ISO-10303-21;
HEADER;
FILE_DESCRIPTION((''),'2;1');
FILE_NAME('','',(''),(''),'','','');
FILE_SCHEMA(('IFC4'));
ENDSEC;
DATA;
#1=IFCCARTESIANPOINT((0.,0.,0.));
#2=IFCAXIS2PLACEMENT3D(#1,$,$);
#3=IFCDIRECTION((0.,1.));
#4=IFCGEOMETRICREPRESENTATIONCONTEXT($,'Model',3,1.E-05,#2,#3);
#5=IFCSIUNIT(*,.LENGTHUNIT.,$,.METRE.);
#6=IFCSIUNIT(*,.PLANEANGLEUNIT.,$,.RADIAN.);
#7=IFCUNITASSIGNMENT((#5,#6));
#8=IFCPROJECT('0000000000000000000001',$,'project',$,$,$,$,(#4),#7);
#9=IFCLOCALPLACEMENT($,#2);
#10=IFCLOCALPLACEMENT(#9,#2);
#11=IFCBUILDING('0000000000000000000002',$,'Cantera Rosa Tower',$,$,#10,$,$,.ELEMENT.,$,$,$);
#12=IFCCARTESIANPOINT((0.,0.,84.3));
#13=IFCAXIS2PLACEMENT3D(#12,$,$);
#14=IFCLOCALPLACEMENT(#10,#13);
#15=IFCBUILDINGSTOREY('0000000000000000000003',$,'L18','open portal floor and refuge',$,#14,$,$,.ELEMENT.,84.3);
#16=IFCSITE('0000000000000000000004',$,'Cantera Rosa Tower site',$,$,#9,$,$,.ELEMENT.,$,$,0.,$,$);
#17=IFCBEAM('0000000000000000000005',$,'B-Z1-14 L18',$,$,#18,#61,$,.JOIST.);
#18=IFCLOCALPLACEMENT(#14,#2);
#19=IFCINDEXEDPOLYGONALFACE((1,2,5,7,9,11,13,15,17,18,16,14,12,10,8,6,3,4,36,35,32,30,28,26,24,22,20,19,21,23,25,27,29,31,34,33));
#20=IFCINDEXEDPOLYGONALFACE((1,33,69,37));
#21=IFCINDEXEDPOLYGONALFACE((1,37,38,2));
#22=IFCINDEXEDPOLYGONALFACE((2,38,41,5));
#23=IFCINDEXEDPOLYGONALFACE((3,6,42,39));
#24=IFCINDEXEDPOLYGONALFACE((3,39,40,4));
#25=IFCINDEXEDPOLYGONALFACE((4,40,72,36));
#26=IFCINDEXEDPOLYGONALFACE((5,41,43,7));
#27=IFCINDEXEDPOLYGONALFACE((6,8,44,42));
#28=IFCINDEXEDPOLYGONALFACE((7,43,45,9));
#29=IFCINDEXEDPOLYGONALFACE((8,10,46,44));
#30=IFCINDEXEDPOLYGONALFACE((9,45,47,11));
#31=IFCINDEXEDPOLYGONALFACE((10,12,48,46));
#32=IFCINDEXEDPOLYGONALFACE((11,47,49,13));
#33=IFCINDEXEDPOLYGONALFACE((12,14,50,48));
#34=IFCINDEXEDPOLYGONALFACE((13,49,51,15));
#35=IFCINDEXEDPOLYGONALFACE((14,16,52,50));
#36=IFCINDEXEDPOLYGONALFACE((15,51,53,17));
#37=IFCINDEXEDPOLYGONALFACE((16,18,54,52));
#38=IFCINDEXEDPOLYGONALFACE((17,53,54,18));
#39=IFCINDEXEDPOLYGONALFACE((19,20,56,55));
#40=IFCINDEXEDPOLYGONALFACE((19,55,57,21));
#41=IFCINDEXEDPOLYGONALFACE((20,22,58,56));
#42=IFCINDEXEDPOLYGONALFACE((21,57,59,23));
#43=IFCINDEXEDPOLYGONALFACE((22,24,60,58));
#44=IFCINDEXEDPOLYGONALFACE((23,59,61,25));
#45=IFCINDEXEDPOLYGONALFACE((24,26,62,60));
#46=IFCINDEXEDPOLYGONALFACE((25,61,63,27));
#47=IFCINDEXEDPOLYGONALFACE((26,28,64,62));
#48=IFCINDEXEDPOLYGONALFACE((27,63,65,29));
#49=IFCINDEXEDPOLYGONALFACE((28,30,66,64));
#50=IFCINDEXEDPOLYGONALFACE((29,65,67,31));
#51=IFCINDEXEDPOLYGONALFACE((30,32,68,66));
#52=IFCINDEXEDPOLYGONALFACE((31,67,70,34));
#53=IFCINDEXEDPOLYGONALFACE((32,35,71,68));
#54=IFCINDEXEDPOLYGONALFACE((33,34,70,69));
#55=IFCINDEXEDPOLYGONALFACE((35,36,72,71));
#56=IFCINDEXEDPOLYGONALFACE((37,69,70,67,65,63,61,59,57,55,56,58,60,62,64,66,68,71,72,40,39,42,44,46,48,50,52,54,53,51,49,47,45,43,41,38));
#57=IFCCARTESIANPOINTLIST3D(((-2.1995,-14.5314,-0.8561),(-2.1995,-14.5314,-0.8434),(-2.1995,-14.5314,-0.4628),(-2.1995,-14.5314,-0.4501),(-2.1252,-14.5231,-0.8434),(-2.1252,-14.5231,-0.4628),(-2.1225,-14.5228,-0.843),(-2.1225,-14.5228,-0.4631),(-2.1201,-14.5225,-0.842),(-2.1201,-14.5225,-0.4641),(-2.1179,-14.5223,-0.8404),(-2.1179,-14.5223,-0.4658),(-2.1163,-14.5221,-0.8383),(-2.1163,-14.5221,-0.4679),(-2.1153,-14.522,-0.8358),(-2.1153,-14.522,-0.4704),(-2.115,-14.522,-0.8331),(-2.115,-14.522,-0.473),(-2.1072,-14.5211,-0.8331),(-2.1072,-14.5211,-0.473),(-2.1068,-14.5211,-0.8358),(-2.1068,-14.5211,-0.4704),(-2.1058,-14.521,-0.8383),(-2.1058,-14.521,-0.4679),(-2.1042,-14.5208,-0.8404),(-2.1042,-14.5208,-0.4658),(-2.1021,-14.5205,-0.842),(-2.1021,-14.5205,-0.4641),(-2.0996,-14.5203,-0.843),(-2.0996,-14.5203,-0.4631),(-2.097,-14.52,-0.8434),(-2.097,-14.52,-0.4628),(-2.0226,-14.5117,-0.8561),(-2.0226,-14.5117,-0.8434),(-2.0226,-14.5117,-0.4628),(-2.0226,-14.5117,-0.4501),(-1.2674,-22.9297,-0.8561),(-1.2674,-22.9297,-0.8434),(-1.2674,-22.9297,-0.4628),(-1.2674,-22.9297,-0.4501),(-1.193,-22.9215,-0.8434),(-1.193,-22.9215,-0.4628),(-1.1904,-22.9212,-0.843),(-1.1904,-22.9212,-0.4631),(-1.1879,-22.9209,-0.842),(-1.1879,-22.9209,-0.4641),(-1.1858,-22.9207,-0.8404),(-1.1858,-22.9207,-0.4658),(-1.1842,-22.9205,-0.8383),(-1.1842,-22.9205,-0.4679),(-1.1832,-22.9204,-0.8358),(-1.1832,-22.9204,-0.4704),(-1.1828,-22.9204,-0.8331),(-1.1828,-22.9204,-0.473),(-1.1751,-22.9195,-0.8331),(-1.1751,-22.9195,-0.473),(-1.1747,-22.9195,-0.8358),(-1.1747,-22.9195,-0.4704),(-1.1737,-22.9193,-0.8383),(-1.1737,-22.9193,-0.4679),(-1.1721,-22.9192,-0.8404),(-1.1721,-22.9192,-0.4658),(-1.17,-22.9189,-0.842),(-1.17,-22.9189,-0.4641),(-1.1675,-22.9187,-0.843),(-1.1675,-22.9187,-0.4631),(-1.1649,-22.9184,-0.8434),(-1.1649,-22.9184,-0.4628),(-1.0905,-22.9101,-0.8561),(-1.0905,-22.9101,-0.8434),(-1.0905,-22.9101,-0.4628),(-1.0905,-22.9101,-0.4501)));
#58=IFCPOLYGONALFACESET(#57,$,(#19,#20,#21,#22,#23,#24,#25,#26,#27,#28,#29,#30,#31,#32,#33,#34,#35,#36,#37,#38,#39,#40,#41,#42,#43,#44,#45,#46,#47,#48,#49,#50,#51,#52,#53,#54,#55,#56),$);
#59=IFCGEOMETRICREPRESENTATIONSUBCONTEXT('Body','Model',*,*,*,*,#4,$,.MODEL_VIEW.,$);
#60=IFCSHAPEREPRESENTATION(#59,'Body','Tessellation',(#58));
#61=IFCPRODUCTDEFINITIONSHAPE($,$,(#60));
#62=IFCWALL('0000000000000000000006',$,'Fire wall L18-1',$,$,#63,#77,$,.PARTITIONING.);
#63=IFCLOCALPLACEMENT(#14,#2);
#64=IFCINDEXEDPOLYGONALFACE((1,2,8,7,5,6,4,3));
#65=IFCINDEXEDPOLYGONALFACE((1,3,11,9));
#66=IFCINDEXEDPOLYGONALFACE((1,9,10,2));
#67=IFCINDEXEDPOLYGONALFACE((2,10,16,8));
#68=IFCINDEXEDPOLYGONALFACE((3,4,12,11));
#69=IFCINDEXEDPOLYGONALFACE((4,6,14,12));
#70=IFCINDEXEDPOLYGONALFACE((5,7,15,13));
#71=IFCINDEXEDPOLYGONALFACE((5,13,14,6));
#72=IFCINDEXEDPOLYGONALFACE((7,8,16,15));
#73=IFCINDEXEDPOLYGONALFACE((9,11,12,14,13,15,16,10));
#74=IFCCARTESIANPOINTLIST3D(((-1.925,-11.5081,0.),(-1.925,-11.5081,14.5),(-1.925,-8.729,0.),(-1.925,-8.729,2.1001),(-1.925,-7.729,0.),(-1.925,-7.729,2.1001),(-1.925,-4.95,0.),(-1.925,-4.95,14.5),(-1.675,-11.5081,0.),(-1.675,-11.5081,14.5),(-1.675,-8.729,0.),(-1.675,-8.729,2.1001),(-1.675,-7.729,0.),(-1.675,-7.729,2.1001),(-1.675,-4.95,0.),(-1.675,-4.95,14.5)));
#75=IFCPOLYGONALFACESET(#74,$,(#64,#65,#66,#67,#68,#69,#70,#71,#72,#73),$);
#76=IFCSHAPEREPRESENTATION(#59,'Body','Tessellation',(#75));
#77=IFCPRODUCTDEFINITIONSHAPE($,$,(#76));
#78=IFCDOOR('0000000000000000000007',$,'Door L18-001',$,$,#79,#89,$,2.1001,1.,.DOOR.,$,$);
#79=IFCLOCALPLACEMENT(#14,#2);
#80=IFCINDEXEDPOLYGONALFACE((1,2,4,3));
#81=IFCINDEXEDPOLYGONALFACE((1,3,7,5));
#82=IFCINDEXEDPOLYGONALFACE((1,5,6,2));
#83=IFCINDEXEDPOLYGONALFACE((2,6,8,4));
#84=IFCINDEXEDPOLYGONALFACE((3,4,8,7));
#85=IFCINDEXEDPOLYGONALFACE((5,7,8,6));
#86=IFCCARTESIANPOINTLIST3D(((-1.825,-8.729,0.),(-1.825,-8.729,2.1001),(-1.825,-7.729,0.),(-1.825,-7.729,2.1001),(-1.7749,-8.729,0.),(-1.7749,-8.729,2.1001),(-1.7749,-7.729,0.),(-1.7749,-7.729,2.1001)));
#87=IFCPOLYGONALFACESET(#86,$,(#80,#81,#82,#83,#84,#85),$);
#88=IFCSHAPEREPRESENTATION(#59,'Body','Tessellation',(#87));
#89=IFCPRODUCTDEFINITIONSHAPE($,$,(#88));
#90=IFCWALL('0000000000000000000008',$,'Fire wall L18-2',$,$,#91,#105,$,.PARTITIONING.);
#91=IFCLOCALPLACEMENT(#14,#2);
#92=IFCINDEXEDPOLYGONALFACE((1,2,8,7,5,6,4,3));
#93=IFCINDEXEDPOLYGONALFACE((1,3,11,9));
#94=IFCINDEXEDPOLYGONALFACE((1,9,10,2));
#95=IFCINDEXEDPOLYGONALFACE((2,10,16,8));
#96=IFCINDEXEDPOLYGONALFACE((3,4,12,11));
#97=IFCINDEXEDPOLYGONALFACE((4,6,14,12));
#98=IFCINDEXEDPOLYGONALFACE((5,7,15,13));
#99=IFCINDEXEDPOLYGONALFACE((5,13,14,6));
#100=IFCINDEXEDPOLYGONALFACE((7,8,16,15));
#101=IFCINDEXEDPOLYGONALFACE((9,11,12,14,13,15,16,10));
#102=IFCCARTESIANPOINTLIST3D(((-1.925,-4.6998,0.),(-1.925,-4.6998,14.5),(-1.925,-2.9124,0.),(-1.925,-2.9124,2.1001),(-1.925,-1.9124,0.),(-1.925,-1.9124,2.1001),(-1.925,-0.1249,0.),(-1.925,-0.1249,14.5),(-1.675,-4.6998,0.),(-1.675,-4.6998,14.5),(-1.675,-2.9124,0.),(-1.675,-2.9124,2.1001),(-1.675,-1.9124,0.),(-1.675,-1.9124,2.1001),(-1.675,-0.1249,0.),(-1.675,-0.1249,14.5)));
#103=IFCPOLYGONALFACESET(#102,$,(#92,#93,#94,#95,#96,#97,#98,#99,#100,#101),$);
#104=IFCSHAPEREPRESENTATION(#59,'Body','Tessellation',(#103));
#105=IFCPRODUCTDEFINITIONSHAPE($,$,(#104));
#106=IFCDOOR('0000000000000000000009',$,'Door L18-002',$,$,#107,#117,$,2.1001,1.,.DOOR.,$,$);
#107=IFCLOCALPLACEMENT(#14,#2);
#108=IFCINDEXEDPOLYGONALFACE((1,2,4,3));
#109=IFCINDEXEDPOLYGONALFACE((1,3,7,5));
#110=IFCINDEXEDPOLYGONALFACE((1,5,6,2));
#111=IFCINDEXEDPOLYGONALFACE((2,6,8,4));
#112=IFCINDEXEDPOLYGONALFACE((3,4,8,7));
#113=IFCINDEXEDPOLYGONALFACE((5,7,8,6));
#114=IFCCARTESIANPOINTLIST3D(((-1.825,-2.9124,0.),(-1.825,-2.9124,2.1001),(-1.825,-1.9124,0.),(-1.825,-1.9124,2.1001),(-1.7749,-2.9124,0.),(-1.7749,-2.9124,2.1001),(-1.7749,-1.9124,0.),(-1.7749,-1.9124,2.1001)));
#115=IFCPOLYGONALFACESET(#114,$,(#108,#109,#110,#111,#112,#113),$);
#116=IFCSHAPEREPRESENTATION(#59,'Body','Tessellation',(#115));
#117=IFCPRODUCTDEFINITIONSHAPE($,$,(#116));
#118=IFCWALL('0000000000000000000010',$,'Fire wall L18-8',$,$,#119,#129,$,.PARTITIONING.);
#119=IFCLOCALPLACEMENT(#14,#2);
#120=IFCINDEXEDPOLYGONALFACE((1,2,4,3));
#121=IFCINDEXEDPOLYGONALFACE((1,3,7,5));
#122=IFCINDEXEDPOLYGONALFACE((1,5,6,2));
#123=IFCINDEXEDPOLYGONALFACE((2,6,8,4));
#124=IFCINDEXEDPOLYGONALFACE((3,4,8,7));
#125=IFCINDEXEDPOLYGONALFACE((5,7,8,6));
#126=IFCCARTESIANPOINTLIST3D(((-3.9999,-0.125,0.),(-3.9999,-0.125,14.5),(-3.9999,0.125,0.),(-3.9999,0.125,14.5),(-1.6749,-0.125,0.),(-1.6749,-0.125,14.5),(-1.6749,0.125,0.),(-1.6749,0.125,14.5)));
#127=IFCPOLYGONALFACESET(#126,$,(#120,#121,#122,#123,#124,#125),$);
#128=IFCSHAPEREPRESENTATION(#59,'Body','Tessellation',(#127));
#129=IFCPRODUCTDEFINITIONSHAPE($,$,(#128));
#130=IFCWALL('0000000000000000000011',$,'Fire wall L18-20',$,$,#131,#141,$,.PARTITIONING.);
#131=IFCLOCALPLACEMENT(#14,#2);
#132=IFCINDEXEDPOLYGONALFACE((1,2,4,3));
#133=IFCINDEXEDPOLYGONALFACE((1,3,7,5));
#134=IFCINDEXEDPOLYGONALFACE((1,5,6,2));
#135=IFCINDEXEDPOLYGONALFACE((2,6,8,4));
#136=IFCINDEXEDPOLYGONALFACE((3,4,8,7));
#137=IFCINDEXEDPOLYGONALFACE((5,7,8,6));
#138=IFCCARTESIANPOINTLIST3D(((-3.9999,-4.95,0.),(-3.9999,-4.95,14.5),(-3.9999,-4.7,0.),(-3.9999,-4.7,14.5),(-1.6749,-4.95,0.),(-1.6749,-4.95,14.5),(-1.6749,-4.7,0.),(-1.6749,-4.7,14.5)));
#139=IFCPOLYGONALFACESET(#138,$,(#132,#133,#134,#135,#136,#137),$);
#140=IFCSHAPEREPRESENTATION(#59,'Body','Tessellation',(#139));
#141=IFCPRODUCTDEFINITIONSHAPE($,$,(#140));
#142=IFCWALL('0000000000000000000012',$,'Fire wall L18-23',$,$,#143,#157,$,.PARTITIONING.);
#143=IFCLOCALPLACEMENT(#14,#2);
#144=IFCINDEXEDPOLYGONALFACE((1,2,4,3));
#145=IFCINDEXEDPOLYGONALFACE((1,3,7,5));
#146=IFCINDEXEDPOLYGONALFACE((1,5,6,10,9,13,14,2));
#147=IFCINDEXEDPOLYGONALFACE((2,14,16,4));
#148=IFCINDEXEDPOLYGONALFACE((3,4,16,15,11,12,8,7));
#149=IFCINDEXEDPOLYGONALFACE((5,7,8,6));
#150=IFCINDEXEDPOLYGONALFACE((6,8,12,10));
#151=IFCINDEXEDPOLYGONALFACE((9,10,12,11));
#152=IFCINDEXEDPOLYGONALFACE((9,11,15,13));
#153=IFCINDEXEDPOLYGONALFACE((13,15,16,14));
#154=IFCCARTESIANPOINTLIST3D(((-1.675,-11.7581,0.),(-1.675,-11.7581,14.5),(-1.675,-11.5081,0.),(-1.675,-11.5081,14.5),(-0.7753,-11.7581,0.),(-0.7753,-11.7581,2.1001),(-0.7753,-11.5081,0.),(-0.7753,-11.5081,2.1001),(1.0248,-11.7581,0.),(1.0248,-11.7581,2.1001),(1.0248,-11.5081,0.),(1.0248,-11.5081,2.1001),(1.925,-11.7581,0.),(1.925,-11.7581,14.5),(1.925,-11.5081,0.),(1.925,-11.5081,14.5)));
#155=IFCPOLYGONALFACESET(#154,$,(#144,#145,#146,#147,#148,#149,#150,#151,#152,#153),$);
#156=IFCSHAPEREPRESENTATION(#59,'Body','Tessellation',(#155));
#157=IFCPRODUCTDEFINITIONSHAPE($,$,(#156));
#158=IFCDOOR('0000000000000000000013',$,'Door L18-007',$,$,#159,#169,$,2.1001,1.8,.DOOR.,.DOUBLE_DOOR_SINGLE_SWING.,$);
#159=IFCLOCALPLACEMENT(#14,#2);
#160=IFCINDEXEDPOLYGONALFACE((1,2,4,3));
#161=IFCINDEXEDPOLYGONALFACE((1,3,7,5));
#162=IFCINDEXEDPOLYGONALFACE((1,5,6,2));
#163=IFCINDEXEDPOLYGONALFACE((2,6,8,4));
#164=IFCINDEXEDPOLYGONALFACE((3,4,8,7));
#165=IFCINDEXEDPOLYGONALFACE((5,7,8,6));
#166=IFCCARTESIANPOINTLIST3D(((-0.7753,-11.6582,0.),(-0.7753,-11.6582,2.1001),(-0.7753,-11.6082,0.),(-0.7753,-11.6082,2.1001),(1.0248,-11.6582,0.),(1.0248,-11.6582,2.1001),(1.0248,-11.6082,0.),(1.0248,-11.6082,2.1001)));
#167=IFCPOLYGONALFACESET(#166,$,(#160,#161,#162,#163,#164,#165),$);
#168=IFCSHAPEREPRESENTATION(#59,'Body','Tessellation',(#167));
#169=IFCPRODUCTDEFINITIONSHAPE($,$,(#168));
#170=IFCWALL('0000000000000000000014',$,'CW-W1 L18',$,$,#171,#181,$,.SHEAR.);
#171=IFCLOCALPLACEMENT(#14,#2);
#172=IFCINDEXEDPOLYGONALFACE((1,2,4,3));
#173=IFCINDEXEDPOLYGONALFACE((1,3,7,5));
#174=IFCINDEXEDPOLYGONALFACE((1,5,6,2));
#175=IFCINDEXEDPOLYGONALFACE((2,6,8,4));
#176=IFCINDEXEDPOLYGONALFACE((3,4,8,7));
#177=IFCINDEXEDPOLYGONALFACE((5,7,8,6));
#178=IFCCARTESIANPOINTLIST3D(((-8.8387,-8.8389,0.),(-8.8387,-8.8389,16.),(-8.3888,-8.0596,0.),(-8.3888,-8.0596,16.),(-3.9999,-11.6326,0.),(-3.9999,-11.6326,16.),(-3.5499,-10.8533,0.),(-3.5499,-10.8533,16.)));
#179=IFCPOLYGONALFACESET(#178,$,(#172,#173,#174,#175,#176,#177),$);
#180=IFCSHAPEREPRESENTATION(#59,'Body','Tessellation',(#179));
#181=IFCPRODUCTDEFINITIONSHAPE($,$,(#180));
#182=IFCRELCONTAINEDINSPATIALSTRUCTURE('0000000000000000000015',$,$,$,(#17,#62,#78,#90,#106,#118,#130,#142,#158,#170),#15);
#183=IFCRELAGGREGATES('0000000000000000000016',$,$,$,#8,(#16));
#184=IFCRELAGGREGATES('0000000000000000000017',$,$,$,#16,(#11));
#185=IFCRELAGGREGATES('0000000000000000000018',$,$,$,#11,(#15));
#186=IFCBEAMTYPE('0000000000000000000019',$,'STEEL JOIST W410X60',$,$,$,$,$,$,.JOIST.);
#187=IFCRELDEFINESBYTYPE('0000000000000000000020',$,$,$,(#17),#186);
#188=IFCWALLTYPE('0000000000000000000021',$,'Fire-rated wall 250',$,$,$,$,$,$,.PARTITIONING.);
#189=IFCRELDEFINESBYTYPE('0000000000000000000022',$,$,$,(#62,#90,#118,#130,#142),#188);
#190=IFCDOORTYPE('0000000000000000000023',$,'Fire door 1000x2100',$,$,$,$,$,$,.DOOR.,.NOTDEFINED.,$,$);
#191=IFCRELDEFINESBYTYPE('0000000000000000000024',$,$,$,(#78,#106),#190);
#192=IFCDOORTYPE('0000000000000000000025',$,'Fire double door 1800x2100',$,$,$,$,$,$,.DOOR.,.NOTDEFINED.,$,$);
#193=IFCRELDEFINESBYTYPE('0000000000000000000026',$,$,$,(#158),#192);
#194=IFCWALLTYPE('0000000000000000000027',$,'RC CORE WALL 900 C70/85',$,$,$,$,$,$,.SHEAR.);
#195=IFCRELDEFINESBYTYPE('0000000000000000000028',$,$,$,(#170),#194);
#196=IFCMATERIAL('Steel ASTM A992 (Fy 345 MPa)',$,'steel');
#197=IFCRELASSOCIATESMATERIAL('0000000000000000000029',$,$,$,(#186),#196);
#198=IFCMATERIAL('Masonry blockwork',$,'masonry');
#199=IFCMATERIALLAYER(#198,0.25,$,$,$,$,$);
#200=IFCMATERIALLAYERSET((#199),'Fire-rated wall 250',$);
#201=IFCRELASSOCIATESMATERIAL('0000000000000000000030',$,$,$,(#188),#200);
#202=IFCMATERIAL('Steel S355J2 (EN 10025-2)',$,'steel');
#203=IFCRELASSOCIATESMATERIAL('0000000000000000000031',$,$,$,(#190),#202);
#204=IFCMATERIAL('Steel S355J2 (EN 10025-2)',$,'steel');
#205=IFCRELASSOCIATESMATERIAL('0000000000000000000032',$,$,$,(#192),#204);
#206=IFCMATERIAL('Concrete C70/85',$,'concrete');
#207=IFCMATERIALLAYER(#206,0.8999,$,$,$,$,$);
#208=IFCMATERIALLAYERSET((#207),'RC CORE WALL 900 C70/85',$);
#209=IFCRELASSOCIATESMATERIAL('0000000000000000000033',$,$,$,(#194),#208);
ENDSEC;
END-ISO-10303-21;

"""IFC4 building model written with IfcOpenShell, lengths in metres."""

from ifc_helpers import new_model, si_unit, direction, frame, frame_2d, origin, origin_2d, place, context, subcontext, project, spatial, rectangle, i_section, extrude, material, layer, layer_set, material_profile, profile_set, type_object, element, fill, save


model = new_model("IFC4")

# Units and contexts
model_context = context("Model", 3, precision=1e-05, world=origin(), true_north=direction((0.0, 1.0)))
body_context = subcontext(model_context, "Body", "Model", "MODEL_VIEW")
ifc_project = project(units=[si_unit("LENGTHUNIT", "METRE"), si_unit("PLANEANGLEUNIT", "RADIAN")], contexts=[model_context])

# Site, building, storey
site_placement = place(None, origin())
site = spatial("IfcSite", under=ifc_project, at=site_placement, Name="Cantera Rosa Tower site", CompositionType="ELEMENT", RefElevation=0.0)
building_placement = place(site_placement, origin())
building = spatial("IfcBuilding", under=site, at=building_placement, Name="Cantera Rosa Tower", CompositionType="ELEMENT")
storey_placement = place(building_placement, frame((0.0, 0.0, 84.3)))
storey = spatial("IfcBuildingStorey", under=building, at=storey_placement, Name="L18", Description="open portal floor and refuge", CompositionType="ELEMENT", Elevation=84.3)

# Beam
ifc_material_1 = material(Name="Steel ASTM A992 (Fy 345 MPa)", Category="steel")
ifc_material_profile = material_profile(ifc_material_1, i_section(OverallWidth=0.178, OverallDepth=0.406, WebThickness=0.0078, FlangeThickness=0.0127, FilletRadius=0.0103, at=origin_2d()), Name="W410X60")
ifc_profile_set = profile_set([ifc_material_profile], Name="Steel ASTM A992 (Fy 345 MPa)")
beam_type = type_object("IfcBeamType", Name="STEEL JOIST W410X60", PredefinedType="JOIST", material=ifc_profile_set)
beam_placement = place(storey_placement, frame((-1.179, -22.9199, -0.6531), z_axis=(-0.110311, 0.993897, 0.0), x_axis=(-0.993897, -0.110311, 0.0)))
element("IfcBeam", 1, at=beam_placement, inside=storey, type_object=beam_type, Name="B-Z1-14 L18", PredefinedType="JOIST", context=body_context, shape_type="SweptSolid", body=[
    extrude(i_section(OverallWidth=0.178, OverallDepth=0.406, WebThickness=0.0078, FlangeThickness=0.0127, FilletRadius=0.0103, at=origin_2d()), origin(), (0.0, 0.0, 1.0), 8.45),
])

# Walls, openings, doors
ifc_material_2 = material(Name="Masonry blockwork", Category="masonry")
ifc_layer_1 = layer(ifc_material_2, 0.25)
ifc_layer_set_1 = layer_set([ifc_layer_1], Name="Fire-rated wall 250")
wall_type_1 = type_object("IfcWallType", Name="Fire-rated wall 250", PredefinedType="PARTITIONING", material=ifc_layer_set_1)
wall_1_placement = place(storey_placement, frame((-1.8, -11.5081, 0.0), z_axis=(0.0, 0.0, 1.0), x_axis=(0.0, 1.0, 0.0)))
wall_1 = element("IfcWall", 2, at=wall_1_placement, inside=storey, type_object=wall_type_1, Name="Fire wall L18-1", PredefinedType="PARTITIONING", context=body_context, shape_type="SweptSolid", body=[
    extrude(rectangle(XDim=6.5581, YDim=0.25, at=frame_2d((3.2791, 0.0))), origin(), (0.0, 0.0, 1.0), 14.5),
])
opening_1_placement = place(wall_1_placement, frame((2.7791, 0.0, 0.0)))
opening_1 = element("IfcOpeningElement", 3, at=opening_1_placement, cuts=wall_1, PredefinedType="OPENING", context=body_context, shape_type="SweptSolid", body=[
    extrude(rectangle(XDim=1.0, YDim=2.1001, at=frame_2d((0.5, 1.05))), frame((0.0, 0.135, 0.0), z_axis=(0.0, -1.0, 0.0), x_axis=(1.0, 0.0, 0.0)), (0.0, 0.0, 1.0), 0.27),
])
ifc_material_3 = material(Name="Steel S355J2 (EN 10025-2)", Category="steel")
door_type_1 = type_object("IfcDoorType", Name="Fire door 1000x2100", OperationType="NOTDEFINED", PredefinedType="DOOR", material=ifc_material_3)
door_1_placement = place(opening_1_placement, origin())
door_1 = element("IfcDoor", 4, at=door_1_placement, inside=storey, type_object=door_type_1, Name="Door L18-001", OverallHeight=2.1001, OverallWidth=1.0, PredefinedType="DOOR", context=body_context, shape_type="SweptSolid", body=[
    extrude(rectangle(XDim=1.0, YDim=2.1001, at=frame_2d((0.5, 1.05))), frame((0.0, 0.0249, 0.0), z_axis=(0.0, -1.0, 0.0), x_axis=(1.0, 0.0, 0.0)), (0.0, 0.0, 1.0), 0.05),
])
fill(opening_1, door_1)
wall_2_placement = place(storey_placement, frame((-1.8, -4.7, 0.0), z_axis=(0.0, 0.0, 1.0), x_axis=(0.0, 1.0, 0.0)))
wall_2 = element("IfcWall", 5, at=wall_2_placement, inside=storey, type_object=wall_type_1, Name="Fire wall L18-2", PredefinedType="PARTITIONING", context=body_context, shape_type="SweptSolid", body=[
    extrude(rectangle(XDim=4.575, YDim=0.25, at=frame_2d((2.2876, 0.0))), origin(), (0.0, 0.0, 1.0), 14.5),
])
opening_2_placement = place(wall_2_placement, frame((1.7876, 0.0, 0.0)))
opening_2 = element("IfcOpeningElement", 6, at=opening_2_placement, cuts=wall_2, PredefinedType="OPENING", context=body_context, shape_type="SweptSolid", body=[
    extrude(rectangle(XDim=1.0, YDim=2.1001, at=frame_2d((0.5, 1.05))), frame((0.0, 0.135, 0.0), z_axis=(0.0, -1.0, 0.0), x_axis=(1.0, 0.0, 0.0)), (0.0, 0.0, 1.0), 0.27),
])
door_2_placement = place(opening_2_placement, origin())
door_2 = element("IfcDoor", 7, at=door_2_placement, inside=storey, type_object=door_type_1, Name="Door L18-002", OverallHeight=2.1001, OverallWidth=1.0, PredefinedType="DOOR", context=body_context, shape_type="SweptSolid", body=[
    extrude(rectangle(XDim=1.0, YDim=2.1001, at=frame_2d((0.5, 1.05))), frame((0.0, 0.0249, 0.0), z_axis=(0.0, -1.0, 0.0), x_axis=(1.0, 0.0, 0.0)), (0.0, 0.0, 1.0), 0.05),
])
fill(opening_2, door_2)

# Walls
for number, where, z_axis, x_axis, name in (
    (8, (-4.0, 0.0, 0.0), (0.0, 0.0, 1.0), (1.0, 0.0, 0.0), "Fire wall L18-8"),
    (9, (-4.0, -4.825, 0.0), (0.0, 0.0, 1.0), (1.0, 0.0, 0.0), "Fire wall L18-20"),
):
    element("IfcWall", number, at=place(storey_placement, frame(where, z_axis=z_axis, x_axis=x_axis)), inside=storey, type_object=wall_type_1, Name=name, PredefinedType="PARTITIONING", context=body_context, shape_type="SweptSolid", body=[
        extrude(rectangle(XDim=2.325, YDim=0.25, at=frame_2d((1.1626, 0.0))), origin(), (0.0, 0.0, 1.0), 14.5),
    ])

# Wall, opening, door
wall_3_placement = place(storey_placement, frame((-1.675, -11.6331, 0.0), z_axis=(0.0, 0.0, 1.0), x_axis=(1.0, 0.0, 0.0)))
wall_3 = element("IfcWall", 10, at=wall_3_placement, inside=storey, type_object=wall_type_1, Name="Fire wall L18-23", PredefinedType="PARTITIONING", context=body_context, shape_type="SweptSolid", body=[
    extrude(rectangle(XDim=3.6001, YDim=0.25, at=frame_2d((1.8, 0.0))), origin(), (0.0, 0.0, 1.0), 14.5),
])
opening_3_placement = place(wall_3_placement, frame((0.8999, 0.0, 0.0)))
opening_3 = element("IfcOpeningElement", 11, at=opening_3_placement, cuts=wall_3, PredefinedType="OPENING", context=body_context, shape_type="SweptSolid", body=[
    extrude(rectangle(XDim=1.8, YDim=2.1001, at=frame_2d((0.8999, 1.05))), frame((0.0, 0.135, 0.0), z_axis=(0.0, -1.0, 0.0), x_axis=(1.0, 0.0, 0.0)), (0.0, 0.0, 1.0), 0.27),
])
ifc_material_4 = material(Name="Steel S355J2 (EN 10025-2)", Category="steel")
door_type_2 = type_object("IfcDoorType", Name="Fire double door 1800x2100", OperationType="NOTDEFINED", PredefinedType="DOOR", material=ifc_material_4)
door_3_placement = place(opening_3_placement, origin())
door_3 = element("IfcDoor", 12, at=door_3_placement, inside=storey, type_object=door_type_2, Name="Door L18-007", OperationType="DOUBLE_DOOR_SINGLE_SWING", OverallHeight=2.1001, OverallWidth=1.8, PredefinedType="DOOR", context=body_context, shape_type="SweptSolid", body=[
    extrude(rectangle(XDim=1.8, YDim=2.1001, at=frame_2d((0.8999, 1.05))), frame((0.0, 0.0249, 0.0), z_axis=(0.0, -1.0, 0.0), x_axis=(1.0, 0.0, 0.0)), (0.0, 0.0, 1.0), 0.05),
])
fill(opening_3, door_3)

# Wall
ifc_material_5 = material(Name="Concrete C70/85", Category="concrete")
ifc_layer_2 = layer(ifc_material_5, 0.8999)
ifc_layer_set_2 = layer_set([ifc_layer_2], Name="RC CORE WALL 900 C70/85")
wall_type_2 = type_object("IfcWallType", Name="RC CORE WALL 900 C70/85", PredefinedType="SHEAR", material=ifc_layer_set_2)
wall_4_placement = place(storey_placement, frame((-3.7749, -11.2429, 0.0), z_axis=(0.0, 0.0, 1.0), x_axis=(-0.866027, 0.499997, 0.0)))
element("IfcWall", 13, at=wall_4_placement, inside=storey, type_object=wall_type_2, Name="CW-W1 L18", PredefinedType="SHEAR", context=body_context, shape_type="SweptSolid", body=[
    extrude(rectangle(XDim=5.5874, YDim=0.8999, at=frame_2d((2.7937, 0.0))), origin(), (0.0, 0.0, 1.0), 16.0),
])

save(model, "model.ifc")
